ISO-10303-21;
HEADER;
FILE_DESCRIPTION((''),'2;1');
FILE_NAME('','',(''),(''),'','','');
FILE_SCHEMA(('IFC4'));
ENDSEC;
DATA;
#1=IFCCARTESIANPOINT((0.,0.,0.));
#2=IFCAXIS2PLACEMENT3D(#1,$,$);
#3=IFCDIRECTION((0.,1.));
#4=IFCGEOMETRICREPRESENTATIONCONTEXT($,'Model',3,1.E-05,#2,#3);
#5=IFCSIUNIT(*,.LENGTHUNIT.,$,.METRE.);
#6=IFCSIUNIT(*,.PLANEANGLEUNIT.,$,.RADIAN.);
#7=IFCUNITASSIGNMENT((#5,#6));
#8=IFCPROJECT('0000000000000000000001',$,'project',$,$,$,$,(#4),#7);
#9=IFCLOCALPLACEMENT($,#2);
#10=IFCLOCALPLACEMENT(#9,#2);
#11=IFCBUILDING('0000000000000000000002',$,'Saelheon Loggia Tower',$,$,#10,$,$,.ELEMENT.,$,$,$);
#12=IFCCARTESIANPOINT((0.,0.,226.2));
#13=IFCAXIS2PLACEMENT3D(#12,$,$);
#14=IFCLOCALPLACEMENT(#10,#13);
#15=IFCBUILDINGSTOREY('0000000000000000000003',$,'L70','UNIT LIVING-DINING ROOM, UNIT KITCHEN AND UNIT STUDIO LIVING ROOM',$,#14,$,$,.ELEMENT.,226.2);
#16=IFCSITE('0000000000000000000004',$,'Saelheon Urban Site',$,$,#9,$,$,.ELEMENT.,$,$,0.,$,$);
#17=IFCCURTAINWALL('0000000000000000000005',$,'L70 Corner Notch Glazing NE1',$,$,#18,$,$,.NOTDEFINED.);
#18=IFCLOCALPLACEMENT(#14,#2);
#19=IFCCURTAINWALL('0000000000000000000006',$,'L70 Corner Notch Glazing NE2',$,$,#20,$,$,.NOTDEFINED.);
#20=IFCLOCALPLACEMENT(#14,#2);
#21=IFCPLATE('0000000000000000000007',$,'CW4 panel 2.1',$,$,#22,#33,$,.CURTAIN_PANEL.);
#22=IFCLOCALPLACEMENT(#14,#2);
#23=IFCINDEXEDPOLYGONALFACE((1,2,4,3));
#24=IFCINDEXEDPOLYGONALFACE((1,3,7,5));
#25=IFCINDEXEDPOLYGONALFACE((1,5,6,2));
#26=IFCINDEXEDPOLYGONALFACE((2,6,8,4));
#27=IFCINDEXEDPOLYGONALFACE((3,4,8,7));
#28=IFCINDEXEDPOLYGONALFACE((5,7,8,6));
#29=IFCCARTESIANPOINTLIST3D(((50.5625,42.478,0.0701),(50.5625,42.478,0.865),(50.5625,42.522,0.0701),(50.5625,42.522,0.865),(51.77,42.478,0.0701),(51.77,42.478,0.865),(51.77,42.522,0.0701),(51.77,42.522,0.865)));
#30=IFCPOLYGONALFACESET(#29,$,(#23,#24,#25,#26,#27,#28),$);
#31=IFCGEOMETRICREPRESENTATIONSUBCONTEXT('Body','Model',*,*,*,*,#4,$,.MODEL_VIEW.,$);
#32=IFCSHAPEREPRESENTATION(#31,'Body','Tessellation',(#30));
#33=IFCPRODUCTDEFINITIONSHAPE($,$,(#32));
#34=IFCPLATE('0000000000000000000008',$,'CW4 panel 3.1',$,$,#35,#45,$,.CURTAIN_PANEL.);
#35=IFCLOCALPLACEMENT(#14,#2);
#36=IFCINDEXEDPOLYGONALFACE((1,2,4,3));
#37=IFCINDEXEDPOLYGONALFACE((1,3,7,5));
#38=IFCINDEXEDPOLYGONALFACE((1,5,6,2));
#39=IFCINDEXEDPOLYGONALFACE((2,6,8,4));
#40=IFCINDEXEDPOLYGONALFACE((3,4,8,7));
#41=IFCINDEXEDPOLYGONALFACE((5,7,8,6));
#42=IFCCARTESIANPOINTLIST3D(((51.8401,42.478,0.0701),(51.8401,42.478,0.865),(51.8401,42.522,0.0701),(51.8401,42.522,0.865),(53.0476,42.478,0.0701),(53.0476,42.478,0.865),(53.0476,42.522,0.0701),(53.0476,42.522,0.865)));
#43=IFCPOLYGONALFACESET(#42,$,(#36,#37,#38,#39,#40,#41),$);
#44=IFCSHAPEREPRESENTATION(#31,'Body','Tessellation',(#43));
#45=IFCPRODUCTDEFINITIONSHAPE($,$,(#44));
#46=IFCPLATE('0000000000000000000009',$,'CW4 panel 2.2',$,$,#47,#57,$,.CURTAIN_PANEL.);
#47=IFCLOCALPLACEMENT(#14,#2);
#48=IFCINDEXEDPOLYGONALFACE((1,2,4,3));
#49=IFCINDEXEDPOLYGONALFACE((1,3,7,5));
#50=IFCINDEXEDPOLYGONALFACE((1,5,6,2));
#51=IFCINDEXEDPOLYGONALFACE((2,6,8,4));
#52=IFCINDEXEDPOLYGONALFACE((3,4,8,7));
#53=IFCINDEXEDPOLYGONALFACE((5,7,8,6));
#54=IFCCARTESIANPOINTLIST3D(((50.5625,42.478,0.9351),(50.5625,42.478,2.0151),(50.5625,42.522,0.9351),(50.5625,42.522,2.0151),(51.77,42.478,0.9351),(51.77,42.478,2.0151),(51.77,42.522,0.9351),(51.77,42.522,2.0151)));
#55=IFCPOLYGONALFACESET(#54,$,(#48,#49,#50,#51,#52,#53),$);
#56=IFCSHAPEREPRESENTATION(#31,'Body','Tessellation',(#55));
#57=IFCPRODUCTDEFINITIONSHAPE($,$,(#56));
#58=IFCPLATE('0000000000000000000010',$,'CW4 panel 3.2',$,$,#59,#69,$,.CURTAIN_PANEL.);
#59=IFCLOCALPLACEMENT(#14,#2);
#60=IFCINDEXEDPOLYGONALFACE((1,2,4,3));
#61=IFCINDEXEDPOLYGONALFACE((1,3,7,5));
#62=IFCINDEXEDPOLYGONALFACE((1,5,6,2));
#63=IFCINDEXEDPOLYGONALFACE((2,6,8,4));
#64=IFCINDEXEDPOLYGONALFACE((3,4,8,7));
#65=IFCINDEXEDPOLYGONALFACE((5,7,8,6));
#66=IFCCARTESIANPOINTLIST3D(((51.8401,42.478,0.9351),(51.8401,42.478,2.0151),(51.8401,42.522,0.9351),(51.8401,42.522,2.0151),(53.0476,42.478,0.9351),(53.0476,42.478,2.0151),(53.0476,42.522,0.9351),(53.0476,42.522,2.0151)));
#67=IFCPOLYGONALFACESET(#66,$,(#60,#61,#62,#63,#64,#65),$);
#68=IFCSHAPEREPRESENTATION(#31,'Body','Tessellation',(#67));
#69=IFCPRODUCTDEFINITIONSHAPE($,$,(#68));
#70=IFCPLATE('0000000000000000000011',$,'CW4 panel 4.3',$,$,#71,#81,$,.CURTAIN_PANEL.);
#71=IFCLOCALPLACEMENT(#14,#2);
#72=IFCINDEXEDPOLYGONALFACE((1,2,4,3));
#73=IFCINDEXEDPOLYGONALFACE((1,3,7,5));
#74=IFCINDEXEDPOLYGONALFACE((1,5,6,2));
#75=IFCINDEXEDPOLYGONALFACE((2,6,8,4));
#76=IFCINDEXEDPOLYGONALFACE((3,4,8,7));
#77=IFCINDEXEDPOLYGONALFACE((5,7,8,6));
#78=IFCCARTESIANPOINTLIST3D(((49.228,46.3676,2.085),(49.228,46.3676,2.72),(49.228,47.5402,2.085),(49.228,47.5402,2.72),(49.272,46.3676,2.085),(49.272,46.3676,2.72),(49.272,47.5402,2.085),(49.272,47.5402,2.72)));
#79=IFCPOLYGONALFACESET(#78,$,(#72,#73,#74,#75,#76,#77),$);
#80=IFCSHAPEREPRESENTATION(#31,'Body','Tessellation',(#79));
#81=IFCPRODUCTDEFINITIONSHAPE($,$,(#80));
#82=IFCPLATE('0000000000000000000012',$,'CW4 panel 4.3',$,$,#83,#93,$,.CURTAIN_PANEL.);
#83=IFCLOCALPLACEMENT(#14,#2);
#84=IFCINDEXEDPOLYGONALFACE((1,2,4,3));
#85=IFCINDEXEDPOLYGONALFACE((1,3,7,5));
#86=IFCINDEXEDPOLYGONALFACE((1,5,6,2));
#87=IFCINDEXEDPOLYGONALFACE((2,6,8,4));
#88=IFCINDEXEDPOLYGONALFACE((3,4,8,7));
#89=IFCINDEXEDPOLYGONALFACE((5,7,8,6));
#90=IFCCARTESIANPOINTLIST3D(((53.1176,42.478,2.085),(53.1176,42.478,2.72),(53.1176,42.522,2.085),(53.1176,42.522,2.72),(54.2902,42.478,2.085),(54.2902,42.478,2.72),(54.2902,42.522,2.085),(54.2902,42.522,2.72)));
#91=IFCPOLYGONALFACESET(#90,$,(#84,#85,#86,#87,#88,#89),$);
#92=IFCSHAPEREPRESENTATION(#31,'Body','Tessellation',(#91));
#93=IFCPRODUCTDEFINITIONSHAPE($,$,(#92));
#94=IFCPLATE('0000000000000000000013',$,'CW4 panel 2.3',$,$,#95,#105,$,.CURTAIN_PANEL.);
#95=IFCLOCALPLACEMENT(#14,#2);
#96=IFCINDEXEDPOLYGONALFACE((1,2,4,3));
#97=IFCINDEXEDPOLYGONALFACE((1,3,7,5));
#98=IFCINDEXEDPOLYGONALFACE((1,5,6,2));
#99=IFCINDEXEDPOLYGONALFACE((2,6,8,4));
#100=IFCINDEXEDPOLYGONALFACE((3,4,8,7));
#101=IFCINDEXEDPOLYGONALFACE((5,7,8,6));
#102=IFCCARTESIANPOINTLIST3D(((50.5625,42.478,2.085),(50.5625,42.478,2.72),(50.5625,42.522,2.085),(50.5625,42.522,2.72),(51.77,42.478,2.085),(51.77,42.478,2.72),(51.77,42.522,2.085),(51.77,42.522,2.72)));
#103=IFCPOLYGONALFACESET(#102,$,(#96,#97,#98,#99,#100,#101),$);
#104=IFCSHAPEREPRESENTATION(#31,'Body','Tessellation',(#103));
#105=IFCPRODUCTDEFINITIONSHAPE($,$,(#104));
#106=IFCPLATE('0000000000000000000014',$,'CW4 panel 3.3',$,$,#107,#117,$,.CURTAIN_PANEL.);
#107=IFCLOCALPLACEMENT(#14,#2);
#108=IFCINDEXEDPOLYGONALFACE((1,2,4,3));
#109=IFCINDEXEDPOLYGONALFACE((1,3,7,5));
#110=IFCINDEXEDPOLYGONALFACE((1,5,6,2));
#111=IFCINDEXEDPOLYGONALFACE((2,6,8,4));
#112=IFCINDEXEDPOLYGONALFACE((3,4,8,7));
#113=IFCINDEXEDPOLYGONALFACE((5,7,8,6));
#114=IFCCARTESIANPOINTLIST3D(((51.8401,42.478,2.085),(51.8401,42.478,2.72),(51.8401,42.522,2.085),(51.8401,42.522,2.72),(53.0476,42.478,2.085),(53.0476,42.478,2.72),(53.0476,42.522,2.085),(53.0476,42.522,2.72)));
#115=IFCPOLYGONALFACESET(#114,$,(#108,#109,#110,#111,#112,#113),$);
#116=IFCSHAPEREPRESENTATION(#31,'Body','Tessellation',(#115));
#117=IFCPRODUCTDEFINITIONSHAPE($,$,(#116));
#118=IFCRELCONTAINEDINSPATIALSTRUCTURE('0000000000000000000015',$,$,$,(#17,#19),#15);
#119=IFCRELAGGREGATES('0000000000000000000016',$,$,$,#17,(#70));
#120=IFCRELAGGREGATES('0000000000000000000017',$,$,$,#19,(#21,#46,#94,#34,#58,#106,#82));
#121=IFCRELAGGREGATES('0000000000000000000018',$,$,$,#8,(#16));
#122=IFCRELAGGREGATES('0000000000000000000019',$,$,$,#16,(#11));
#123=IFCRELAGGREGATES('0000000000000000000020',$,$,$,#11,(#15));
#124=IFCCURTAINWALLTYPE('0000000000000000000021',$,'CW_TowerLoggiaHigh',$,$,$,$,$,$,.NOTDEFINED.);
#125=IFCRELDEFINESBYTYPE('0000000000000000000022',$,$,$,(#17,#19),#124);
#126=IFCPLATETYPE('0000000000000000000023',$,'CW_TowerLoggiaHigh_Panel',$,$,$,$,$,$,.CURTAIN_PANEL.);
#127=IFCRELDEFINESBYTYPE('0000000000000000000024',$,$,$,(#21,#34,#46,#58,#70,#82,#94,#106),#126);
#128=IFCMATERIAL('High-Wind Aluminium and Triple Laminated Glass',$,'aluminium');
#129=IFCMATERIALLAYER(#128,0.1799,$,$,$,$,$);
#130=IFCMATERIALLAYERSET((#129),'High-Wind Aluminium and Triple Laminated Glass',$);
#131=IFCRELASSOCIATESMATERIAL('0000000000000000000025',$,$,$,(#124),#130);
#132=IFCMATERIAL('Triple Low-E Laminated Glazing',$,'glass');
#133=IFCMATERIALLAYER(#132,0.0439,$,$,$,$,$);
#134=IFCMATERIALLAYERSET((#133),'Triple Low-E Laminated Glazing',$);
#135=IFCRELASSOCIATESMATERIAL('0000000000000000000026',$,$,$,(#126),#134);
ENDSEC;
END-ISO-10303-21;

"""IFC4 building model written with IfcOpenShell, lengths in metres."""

from ifc_helpers import new_model, si_unit, direction, frame, origin, origin_2d, place, context, subcontext, project, spatial, rectangle, extrude, source, transform, mapped, material, layer, layer_set, type_object, element, aggregate, save


model = new_model("IFC4")

# Units and contexts
model_context = context("Model", 3, precision=1e-05, world=origin(), true_north=direction((0.0, 1.0)))
body_context = subcontext(model_context, "Body", "Model", "MODEL_VIEW")
ifc_project = project(units=[si_unit("LENGTHUNIT", "METRE"), si_unit("PLANEANGLEUNIT", "RADIAN")], contexts=[model_context])

# Site, building, storey
site_placement = place(None, origin())
site = spatial("IfcSite", under=ifc_project, at=site_placement, Name="Saelheon Urban Site", CompositionType="ELEMENT", RefElevation=0.0)
building_placement = place(site_placement, origin())
building = spatial("IfcBuilding", under=site, at=building_placement, Name="Saelheon Loggia Tower", CompositionType="ELEMENT")
storey_placement = place(building_placement, frame((0.0, 0.0, 226.2)))
storey = spatial("IfcBuildingStorey", under=building, at=storey_placement, Name="L70", Description="UNIT LIVING-DINING ROOM, UNIT KITCHEN AND UNIT STUDIO LIVING ROOM", CompositionType="ELEMENT", Elevation=226.2)

# Curtain walls
ifc_material_1 = material(Name="High-Wind Aluminium and Triple Laminated Glass", Category="aluminium")
ifc_layer_1 = layer(ifc_material_1, 0.1799)
ifc_layer_set_1 = layer_set([ifc_layer_1], Name="High-Wind Aluminium and Triple Laminated Glass")
curtain_wall_type = type_object("IfcCurtainWallType", Name="CW_TowerLoggiaHigh", PredefinedType="NOTDEFINED", material=ifc_layer_set_1)
curtain_wall_1_placement = place(storey_placement, origin())
curtain_wall_1 = element("IfcCurtainWall", 1, at=curtain_wall_1_placement, inside=storey, type_object=curtain_wall_type, Name="L70 Corner Notch Glazing NE1", PredefinedType="NOTDEFINED")
curtain_wall_2_placement = place(storey_placement, origin())
curtain_wall_2 = element("IfcCurtainWall", 2, at=curtain_wall_2_placement, inside=storey, type_object=curtain_wall_type, Name="L70 Corner Notch Glazing NE2", PredefinedType="NOTDEFINED")

# Plates
ifc_material_2 = material(Name="Triple Low-E Laminated Glazing", Category="glass")
ifc_layer_2 = layer(ifc_material_2, 0.0439)
ifc_layer_set_2 = layer_set([ifc_layer_2], Name="Triple Low-E Laminated Glazing")
plate_type = type_object("IfcPlateType", Name="CW_TowerLoggiaHigh_Panel", PredefinedType="CURTAIN_PANEL", material=ifc_layer_set_2)
shared_shape_1 = source(origin(), body_context, "Body", "SweptSolid", [
    extrude(rectangle(XDim=1.2075, YDim=0.0439, at=origin_2d()), origin(), (0.0, 0.0, 1.0), 0.7949),
])
plate_1_placement = place(storey_placement, frame((51.1663, 42.5, 0.0701), z_axis=(0.0, 0.0, 1.0), x_axis=(1.0, 0.0, 0.0)))
plate_1 = element("IfcPlate", 3, at=plate_1_placement, type_object=plate_type, Name="CW4 panel 2.1", PredefinedType="CURTAIN_PANEL", context=body_context, shape_type="MappedRepresentation", body=[
    mapped(shared_shape_1, transform((0.0, 0.0, 0.0), scale=1.0)),
])
plate_2_placement = place(storey_placement, frame((52.4438, 42.5, 0.0701), z_axis=(0.0, 0.0, 1.0), x_axis=(1.0, 0.0, 0.0)))
plate_2 = element("IfcPlate", 4, at=plate_2_placement, type_object=plate_type, Name="CW4 panel 3.1", PredefinedType="CURTAIN_PANEL", context=body_context, shape_type="MappedRepresentation", body=[
    mapped(shared_shape_1, transform((0.0, 0.0, 0.0), scale=1.0)),
])
shared_shape_2 = source(origin(), body_context, "Body", "SweptSolid", [
    extrude(rectangle(XDim=1.2075, YDim=0.0439, at=origin_2d()), origin(), (0.0, 0.0, 1.0), 1.0801),
])
plate_3_placement = place(storey_placement, frame((51.1663, 42.5, 0.9351), z_axis=(0.0, 0.0, 1.0), x_axis=(1.0, 0.0, 0.0)))
plate_3 = element("IfcPlate", 5, at=plate_3_placement, type_object=plate_type, Name="CW4 panel 2.2", PredefinedType="CURTAIN_PANEL", context=body_context, shape_type="MappedRepresentation", body=[
    mapped(shared_shape_2, transform((0.0, 0.0, 0.0), scale=1.0)),
])
plate_4_placement = place(storey_placement, frame((52.4438, 42.5, 0.9351), z_axis=(0.0, 0.0, 1.0), x_axis=(1.0, 0.0, 0.0)))
plate_4 = element("IfcPlate", 6, at=plate_4_placement, type_object=plate_type, Name="CW4 panel 3.2", PredefinedType="CURTAIN_PANEL", context=body_context, shape_type="MappedRepresentation", body=[
    mapped(shared_shape_2, transform((0.0, 0.0, 0.0), scale=1.0)),
])
shared_shape_3 = source(origin(), body_context, "Body", "SweptSolid", [
    extrude(rectangle(XDim=1.1726, YDim=0.0439, at=origin_2d()), origin(), (0.0, 0.0, 1.0), 0.635),
])
plate_5_placement = place(storey_placement, frame((49.25, 46.9539, 2.085), z_axis=(0.0, 0.0, 1.0), x_axis=(0.0, 1.0, 0.0)))
plate_5 = element("IfcPlate", 7, at=plate_5_placement, type_object=plate_type, Name="CW4 panel 4.3", PredefinedType="CURTAIN_PANEL", context=body_context, shape_type="MappedRepresentation", body=[
    mapped(shared_shape_3, transform((0.0, 0.0, 0.0), scale=1.0)),
])
aggregate(curtain_wall_1, [plate_5])
plate_6_placement = place(storey_placement, frame((53.7039, 42.5, 2.085), z_axis=(0.0, 0.0, 1.0), x_axis=(1.0, 0.0, 0.0)))
plate_6 = element("IfcPlate", 8, at=plate_6_placement, type_object=plate_type, Name="CW4 panel 4.3", PredefinedType="CURTAIN_PANEL", context=body_context, shape_type="MappedRepresentation", body=[
    mapped(shared_shape_3, transform((0.0, 0.0, 0.0), scale=1.0)),
])
shared_shape_4 = source(origin(), body_context, "Body", "SweptSolid", [
    extrude(rectangle(XDim=1.2075, YDim=0.0439, at=origin_2d()), origin(), (0.0, 0.0, 1.0), 0.635),
])
plate_7_placement = place(storey_placement, frame((51.1663, 42.5, 2.085), z_axis=(0.0, 0.0, 1.0), x_axis=(1.0, 0.0, 0.0)))
plate_7 = element("IfcPlate", 9, at=plate_7_placement, type_object=plate_type, Name="CW4 panel 2.3", PredefinedType="CURTAIN_PANEL", context=body_context, shape_type="MappedRepresentation", body=[
    mapped(shared_shape_4, transform((0.0, 0.0, 0.0), scale=1.0)),
])
plate_8_placement = place(storey_placement, frame((52.4438, 42.5, 2.085), z_axis=(0.0, 0.0, 1.0), x_axis=(1.0, 0.0, 0.0)))
plate_8 = element("IfcPlate", 10, at=plate_8_placement, type_object=plate_type, Name="CW4 panel 3.3", PredefinedType="CURTAIN_PANEL", context=body_context, shape_type="MappedRepresentation", body=[
    mapped(shared_shape_4, transform((0.0, 0.0, 0.0), scale=1.0)),
])
aggregate(curtain_wall_2, [plate_1, plate_3, plate_7, plate_2, plate_4, plate_8, plate_6])

save(model, "model.ifc")
